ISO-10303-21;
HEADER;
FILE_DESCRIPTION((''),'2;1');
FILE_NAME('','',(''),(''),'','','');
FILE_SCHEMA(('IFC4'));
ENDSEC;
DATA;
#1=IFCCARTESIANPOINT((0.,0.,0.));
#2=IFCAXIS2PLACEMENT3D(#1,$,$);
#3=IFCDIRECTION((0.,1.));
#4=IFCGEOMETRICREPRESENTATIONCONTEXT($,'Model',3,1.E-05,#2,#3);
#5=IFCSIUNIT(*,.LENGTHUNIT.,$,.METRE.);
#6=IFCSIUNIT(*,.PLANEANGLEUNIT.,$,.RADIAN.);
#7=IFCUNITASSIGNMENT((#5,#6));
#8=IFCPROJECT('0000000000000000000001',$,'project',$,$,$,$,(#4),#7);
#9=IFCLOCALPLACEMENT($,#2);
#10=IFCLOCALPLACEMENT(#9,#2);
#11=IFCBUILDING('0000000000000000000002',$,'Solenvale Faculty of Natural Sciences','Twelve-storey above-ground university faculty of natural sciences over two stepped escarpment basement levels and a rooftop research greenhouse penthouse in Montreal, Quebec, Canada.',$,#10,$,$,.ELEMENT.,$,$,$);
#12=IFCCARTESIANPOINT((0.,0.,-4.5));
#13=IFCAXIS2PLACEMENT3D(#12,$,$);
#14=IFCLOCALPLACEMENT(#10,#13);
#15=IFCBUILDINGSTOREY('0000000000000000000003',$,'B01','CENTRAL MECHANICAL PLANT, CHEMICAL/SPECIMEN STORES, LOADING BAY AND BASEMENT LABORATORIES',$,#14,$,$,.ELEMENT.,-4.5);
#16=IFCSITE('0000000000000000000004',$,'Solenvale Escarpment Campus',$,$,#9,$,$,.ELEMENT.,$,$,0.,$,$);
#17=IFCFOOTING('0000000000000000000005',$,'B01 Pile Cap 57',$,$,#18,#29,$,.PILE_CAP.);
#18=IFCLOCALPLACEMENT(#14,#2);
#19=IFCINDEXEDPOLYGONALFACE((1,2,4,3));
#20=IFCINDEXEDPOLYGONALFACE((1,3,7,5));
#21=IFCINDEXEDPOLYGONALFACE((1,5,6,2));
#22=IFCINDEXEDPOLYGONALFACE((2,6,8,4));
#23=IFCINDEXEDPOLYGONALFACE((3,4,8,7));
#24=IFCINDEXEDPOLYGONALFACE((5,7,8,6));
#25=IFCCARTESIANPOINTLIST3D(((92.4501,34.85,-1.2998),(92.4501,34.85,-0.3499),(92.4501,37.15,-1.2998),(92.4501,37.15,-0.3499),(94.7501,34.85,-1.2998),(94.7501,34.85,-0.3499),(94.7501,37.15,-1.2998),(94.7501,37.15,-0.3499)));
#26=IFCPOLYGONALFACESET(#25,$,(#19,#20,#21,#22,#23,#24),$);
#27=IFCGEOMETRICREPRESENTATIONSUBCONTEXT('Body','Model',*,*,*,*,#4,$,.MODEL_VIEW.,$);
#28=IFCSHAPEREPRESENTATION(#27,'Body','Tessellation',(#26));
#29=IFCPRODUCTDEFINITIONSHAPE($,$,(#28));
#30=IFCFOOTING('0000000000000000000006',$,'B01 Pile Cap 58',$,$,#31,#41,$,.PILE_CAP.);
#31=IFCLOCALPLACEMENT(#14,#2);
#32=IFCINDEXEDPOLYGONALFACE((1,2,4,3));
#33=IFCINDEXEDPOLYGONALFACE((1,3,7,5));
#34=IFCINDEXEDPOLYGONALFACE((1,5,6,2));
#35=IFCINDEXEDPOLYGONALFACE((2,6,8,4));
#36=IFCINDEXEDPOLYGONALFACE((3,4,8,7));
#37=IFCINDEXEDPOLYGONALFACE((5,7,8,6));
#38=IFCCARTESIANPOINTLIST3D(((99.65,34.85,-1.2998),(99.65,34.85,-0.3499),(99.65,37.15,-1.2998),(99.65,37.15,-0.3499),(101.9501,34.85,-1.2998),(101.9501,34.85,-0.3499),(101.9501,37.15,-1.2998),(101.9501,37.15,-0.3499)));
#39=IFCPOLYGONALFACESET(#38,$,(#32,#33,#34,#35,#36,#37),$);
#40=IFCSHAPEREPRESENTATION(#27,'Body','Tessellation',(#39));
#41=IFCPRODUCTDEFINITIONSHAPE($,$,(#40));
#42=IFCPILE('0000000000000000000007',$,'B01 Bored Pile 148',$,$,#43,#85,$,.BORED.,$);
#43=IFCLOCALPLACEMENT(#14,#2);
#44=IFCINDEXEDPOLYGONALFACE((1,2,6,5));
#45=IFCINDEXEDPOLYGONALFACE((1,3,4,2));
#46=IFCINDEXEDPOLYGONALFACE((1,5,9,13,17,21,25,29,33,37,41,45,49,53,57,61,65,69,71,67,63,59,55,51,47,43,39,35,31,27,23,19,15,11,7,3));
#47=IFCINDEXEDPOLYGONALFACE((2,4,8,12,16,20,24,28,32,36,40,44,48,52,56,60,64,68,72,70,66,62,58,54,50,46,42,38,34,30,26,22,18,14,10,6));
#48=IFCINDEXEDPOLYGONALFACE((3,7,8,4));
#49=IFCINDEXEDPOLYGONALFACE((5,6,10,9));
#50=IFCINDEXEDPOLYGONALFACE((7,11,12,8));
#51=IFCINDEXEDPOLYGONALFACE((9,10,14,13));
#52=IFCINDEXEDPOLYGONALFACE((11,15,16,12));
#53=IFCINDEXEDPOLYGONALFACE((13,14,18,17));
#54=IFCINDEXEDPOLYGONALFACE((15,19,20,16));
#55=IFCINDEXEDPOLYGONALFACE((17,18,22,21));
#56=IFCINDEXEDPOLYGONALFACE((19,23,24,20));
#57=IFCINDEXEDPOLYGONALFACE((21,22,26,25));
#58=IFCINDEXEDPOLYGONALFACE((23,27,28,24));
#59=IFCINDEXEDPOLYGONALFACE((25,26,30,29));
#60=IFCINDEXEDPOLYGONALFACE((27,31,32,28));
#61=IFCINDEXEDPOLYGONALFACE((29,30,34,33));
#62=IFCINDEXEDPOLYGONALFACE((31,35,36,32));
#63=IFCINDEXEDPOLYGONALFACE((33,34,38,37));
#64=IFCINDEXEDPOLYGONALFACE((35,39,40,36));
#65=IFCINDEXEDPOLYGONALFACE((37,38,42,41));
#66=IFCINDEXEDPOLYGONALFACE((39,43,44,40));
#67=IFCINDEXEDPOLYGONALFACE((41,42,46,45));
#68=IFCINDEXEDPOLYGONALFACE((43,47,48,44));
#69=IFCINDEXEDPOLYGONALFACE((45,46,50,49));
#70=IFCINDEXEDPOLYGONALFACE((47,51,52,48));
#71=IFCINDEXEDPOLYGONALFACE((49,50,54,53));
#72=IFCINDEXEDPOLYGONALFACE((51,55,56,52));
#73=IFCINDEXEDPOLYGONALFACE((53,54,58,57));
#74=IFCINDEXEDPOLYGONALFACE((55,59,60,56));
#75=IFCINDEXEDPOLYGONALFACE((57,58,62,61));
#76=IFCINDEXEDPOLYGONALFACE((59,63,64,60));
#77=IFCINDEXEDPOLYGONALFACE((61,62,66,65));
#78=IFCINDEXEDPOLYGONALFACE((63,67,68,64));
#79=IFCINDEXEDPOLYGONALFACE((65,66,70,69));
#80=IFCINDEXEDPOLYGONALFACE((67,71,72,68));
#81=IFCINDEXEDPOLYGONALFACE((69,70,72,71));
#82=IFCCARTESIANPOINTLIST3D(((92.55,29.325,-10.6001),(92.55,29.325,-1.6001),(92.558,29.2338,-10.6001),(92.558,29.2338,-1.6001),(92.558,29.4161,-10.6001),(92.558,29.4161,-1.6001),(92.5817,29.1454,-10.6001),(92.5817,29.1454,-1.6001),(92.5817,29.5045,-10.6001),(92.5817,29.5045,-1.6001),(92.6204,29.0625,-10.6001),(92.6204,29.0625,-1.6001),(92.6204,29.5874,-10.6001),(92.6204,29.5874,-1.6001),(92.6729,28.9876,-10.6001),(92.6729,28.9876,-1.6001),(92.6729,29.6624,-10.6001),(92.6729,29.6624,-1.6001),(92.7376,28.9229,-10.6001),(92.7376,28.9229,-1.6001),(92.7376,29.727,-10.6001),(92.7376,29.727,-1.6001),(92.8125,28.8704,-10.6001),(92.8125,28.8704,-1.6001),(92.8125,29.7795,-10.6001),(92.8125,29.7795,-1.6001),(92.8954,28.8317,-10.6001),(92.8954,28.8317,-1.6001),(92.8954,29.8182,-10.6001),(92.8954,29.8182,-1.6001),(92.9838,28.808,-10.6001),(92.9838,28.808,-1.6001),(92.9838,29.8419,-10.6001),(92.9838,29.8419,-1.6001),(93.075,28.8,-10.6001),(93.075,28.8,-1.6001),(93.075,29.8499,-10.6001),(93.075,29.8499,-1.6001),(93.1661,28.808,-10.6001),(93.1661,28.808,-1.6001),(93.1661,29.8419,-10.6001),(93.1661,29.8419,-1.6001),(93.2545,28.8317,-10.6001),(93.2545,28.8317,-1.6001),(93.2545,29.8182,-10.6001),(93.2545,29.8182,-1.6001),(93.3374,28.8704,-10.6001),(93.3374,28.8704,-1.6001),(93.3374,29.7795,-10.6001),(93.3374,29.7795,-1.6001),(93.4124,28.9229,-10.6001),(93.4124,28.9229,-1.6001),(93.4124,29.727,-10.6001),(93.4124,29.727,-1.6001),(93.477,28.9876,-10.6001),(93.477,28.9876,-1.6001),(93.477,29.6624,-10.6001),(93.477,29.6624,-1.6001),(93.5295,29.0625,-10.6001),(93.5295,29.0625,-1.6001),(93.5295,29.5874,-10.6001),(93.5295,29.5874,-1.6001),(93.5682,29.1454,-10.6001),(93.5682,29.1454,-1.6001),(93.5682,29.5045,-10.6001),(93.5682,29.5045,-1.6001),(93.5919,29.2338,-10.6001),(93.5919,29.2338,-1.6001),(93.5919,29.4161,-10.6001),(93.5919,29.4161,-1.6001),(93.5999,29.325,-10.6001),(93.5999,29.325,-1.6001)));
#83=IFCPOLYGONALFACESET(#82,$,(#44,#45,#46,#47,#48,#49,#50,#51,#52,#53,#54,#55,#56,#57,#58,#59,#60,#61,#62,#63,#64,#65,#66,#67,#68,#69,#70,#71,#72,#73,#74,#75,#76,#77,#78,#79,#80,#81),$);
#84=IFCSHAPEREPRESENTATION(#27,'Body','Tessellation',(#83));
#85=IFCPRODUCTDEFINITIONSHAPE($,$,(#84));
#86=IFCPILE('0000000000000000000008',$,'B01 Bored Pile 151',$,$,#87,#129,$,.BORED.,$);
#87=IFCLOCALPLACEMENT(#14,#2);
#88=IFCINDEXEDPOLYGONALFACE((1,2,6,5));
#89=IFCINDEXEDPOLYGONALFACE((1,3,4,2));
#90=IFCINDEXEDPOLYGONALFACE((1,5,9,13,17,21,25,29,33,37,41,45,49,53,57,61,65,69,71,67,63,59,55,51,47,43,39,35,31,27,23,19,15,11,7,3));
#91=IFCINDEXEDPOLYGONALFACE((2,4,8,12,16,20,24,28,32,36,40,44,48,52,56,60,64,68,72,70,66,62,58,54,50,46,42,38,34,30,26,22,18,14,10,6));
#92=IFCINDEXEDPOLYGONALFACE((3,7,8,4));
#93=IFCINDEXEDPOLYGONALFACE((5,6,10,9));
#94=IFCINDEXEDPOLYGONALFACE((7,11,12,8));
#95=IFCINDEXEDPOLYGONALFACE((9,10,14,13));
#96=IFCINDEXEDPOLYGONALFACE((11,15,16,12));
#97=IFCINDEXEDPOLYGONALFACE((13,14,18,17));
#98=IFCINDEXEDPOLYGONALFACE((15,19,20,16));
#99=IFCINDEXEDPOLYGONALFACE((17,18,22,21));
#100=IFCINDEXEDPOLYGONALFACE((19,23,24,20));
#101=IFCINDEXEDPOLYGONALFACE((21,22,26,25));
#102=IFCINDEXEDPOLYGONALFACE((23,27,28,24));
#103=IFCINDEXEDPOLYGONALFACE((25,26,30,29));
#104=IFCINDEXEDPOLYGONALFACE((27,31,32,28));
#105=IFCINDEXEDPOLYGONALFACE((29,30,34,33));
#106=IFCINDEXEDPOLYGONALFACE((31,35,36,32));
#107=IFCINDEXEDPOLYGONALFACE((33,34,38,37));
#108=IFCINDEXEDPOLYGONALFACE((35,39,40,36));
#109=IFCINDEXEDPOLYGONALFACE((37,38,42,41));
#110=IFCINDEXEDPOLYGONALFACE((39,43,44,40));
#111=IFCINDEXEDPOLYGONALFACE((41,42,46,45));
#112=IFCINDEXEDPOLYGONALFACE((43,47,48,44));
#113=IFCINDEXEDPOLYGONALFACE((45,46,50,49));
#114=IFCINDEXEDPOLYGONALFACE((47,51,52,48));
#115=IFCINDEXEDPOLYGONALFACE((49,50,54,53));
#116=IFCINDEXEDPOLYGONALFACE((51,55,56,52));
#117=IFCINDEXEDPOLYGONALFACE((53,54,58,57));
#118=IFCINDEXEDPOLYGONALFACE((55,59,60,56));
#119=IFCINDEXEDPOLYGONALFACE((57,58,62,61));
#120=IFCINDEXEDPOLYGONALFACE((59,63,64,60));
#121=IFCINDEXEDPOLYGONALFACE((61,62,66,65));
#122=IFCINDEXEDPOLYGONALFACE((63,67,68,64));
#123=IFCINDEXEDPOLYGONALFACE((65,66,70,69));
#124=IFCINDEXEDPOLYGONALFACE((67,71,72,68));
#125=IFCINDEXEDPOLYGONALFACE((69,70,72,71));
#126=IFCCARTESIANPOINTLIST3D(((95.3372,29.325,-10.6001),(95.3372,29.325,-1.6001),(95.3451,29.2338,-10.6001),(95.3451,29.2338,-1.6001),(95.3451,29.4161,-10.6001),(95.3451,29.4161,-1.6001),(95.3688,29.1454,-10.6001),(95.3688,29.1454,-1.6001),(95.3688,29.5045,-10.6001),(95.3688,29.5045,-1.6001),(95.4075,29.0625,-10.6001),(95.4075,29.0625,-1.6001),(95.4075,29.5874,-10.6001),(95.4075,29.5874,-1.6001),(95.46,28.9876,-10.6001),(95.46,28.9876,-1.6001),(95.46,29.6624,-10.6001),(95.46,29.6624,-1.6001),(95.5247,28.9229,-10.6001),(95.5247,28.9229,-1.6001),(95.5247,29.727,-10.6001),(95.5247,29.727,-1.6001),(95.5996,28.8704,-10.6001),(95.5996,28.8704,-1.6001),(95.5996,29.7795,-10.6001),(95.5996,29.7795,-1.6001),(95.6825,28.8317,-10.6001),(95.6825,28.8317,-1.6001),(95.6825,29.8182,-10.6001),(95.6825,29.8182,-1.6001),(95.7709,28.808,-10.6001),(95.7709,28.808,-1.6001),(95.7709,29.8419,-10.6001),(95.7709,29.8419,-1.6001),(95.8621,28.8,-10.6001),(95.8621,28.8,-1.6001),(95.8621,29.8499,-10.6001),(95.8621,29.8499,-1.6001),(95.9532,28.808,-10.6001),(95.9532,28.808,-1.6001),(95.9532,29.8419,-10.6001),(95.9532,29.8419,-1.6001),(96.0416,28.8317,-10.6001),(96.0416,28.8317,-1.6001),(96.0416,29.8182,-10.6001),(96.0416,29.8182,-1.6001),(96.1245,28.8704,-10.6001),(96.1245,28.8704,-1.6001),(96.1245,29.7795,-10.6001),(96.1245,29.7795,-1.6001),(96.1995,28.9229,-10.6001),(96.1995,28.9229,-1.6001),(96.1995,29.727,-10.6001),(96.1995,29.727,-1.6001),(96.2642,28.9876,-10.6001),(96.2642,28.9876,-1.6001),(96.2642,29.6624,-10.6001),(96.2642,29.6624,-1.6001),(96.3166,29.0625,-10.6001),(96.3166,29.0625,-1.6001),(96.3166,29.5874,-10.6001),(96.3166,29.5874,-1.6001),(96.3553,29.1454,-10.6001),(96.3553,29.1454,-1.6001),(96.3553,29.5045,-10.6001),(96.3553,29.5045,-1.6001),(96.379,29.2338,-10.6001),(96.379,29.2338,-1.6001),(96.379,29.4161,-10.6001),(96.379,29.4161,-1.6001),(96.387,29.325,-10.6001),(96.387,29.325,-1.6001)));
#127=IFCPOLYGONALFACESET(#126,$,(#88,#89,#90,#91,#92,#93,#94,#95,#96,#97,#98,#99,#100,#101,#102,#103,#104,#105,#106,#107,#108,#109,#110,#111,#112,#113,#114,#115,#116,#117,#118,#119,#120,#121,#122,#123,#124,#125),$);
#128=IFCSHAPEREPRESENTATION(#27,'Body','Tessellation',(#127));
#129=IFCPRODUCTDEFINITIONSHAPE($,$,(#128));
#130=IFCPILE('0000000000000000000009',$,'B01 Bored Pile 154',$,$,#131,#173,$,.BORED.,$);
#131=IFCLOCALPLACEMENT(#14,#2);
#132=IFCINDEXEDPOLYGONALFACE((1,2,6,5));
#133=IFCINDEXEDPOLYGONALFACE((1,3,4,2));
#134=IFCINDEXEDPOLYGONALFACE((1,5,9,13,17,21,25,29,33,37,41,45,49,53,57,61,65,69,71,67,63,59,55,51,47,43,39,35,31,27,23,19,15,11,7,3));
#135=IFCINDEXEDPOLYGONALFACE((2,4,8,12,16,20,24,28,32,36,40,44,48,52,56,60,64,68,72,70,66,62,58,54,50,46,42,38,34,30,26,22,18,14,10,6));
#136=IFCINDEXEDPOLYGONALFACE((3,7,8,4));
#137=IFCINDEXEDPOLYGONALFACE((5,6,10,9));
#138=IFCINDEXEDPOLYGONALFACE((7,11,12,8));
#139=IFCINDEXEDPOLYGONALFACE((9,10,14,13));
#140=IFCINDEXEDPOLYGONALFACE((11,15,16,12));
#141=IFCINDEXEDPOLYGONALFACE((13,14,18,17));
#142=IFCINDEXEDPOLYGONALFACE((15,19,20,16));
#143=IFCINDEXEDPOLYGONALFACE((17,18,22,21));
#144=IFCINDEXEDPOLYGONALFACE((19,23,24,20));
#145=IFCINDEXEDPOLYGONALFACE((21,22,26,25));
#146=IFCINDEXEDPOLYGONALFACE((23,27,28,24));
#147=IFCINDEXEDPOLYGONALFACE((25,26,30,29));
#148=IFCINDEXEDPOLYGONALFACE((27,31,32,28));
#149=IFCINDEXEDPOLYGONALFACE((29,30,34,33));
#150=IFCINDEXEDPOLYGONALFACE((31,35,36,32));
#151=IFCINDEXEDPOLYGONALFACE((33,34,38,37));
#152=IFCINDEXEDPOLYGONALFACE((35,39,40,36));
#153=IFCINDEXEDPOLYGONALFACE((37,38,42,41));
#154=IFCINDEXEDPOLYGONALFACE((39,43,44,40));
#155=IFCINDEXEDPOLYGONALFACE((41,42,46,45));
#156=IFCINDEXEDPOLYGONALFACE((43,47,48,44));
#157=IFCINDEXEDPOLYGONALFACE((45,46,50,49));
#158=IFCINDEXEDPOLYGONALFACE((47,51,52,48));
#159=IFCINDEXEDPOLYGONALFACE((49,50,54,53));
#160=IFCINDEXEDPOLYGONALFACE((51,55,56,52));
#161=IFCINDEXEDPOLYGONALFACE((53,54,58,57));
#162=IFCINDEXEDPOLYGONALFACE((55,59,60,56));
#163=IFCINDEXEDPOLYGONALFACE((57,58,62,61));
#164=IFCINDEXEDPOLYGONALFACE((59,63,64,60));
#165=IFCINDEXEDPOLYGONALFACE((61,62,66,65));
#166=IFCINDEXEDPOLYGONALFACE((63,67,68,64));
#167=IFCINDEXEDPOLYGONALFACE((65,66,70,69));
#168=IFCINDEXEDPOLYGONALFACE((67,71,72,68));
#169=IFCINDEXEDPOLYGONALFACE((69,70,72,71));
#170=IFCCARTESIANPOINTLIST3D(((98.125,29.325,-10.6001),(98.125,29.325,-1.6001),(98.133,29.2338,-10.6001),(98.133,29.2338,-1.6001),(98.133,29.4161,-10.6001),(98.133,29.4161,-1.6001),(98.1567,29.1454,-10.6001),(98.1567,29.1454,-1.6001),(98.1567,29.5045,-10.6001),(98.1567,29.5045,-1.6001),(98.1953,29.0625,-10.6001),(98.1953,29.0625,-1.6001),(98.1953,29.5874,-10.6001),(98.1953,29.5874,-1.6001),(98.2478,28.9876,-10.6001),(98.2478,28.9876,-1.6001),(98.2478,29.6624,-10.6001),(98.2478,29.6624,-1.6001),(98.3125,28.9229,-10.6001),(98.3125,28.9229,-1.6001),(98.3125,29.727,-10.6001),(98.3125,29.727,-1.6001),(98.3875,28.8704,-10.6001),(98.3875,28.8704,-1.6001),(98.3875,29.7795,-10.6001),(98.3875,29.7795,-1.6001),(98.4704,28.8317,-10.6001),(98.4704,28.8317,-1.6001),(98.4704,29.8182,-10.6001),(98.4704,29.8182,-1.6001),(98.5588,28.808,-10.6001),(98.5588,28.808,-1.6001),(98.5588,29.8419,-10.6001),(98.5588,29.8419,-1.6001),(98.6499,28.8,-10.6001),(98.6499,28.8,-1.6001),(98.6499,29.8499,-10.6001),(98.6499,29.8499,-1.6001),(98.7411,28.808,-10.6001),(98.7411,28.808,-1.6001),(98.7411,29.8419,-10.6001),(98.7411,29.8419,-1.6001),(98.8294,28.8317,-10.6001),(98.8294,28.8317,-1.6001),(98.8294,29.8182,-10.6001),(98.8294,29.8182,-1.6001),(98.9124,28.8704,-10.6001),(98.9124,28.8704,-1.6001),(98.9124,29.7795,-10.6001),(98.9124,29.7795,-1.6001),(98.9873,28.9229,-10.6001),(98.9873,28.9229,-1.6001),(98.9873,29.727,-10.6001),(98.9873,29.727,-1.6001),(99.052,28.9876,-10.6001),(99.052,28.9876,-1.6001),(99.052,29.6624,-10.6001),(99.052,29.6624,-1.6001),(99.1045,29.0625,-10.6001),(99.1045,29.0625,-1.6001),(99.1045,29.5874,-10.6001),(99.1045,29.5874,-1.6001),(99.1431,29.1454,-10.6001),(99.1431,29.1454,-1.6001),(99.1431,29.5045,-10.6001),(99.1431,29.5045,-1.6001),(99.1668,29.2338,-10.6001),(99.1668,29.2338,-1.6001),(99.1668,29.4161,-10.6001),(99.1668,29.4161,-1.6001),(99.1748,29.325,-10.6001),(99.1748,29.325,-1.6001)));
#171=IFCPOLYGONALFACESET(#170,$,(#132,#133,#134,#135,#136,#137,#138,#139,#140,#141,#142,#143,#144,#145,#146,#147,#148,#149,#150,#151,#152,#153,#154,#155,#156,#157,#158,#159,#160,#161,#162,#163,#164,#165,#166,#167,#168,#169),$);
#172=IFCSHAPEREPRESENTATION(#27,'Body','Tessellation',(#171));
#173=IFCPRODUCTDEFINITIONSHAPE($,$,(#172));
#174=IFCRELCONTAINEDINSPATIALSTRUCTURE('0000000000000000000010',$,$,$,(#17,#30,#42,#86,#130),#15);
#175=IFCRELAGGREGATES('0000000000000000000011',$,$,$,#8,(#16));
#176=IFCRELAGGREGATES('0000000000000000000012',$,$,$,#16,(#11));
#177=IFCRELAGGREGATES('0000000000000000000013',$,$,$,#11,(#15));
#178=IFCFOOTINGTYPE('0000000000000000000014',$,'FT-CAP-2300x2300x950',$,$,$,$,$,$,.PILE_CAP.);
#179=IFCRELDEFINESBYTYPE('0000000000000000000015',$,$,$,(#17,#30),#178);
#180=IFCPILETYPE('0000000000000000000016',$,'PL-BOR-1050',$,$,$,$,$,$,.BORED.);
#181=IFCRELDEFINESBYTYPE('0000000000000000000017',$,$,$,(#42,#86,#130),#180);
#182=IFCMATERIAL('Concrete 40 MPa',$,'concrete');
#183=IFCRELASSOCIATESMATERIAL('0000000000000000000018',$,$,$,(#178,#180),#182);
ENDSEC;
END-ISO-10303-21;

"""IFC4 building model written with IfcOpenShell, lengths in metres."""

from ifc_helpers import new_model, si_unit, direction, frame, origin, origin_2d, place, context, subcontext, project, spatial, rectangle, circle, extrude, material, material_profile, profile_set, type_object, element, save


model = new_model("IFC4")

# Units and contexts
model_context = context("Model", 3, precision=1e-05, world=origin(), true_north=direction((0.0, 1.0)))
body_context = subcontext(model_context, "Body", "Model", "MODEL_VIEW")
ifc_project = project(units=[si_unit("LENGTHUNIT", "METRE"), si_unit("PLANEANGLEUNIT", "RADIAN")], contexts=[model_context])

# Site, building, storey
site_placement = place(None, origin())
site = spatial("IfcSite", under=ifc_project, at=site_placement, Name="Solenvale Escarpment Campus", CompositionType="ELEMENT", RefElevation=0.0)
building_placement = place(site_placement, origin())
building = spatial("IfcBuilding", under=site, at=building_placement, Name="Solenvale Faculty of Natural Sciences", Description="Twelve-storey above-ground university faculty of natural sciences over two stepped escarpment basement levels and a rooftop research greenhouse penthouse in Montreal, Quebec, Canada.", CompositionType="ELEMENT")
storey_placement = place(building_placement, frame((0.0, 0.0, -4.5)))
storey = spatial("IfcBuildingStorey", under=building, at=storey_placement, Name="B01", Description="CENTRAL MECHANICAL PLANT, CHEMICAL/SPECIMEN STORES, LOADING BAY AND BASEMENT LABORATORIES", CompositionType="ELEMENT", Elevation=-4.5)

# Footings
ifc_material_1 = material(Name="Concrete 40 MPa", Category="concrete")
footing_type = type_object("IfcFootingType", Name="FT-CAP-2300x2300x950", PredefinedType="PILE_CAP", material=ifc_material_1)
for number, where, z_axis, x_axis, name in (
    (1, (93.6001, 36.0, -1.2998), (0.0, 0.0, 1.0), (1.0, 0.0, 0.0), "B01 Pile Cap 57"),
    (2, (100.8, 36.0, -1.2998), (0.0, 0.0, 1.0), (1.0, 0.0, 0.0), "B01 Pile Cap 58"),
):
    element("IfcFooting", number, at=place(storey_placement, frame(where, z_axis=z_axis, x_axis=x_axis)), inside=storey, type_object=footing_type, Name=name, PredefinedType="PILE_CAP", context=body_context, shape_type="SweptSolid", body=[
        extrude(rectangle(XDim=2.3, YDim=2.3, at=origin_2d()), origin(), (0.0, 0.0, 1.0), 0.95),
    ])

# Piles
ifc_material_profile_1 = material_profile(ifc_material_1, circle(Radius=0.5249, at=origin_2d()), Name="PILE-D1050")
ifc_profile_set_1 = profile_set([ifc_material_profile_1], Name="Concrete 40 MPa")
pile_type_1 = type_object("IfcPileType", Name="PL-BOR-1050", PredefinedType="BORED", material=ifc_profile_set_1)
for number, where, z_axis, x_axis, name in (
    (3, (93.075, 29.325, -1.6001), (0.0, 0.0, -1.0), (1.0, 0.0, 0.0), "B01 Bored Pile 148"),
    (4, (95.8621, 29.325, -1.6001), (0.0, 0.0, -1.0), (1.0, 0.0, 0.0), "B01 Bored Pile 151"),
    (5, (98.6499, 29.325, -1.6001), (0.0, 0.0, -1.0), (1.0, 0.0, 0.0), "B01 Bored Pile 154"),
):
    element("IfcPile", number, at=place(storey_placement, frame(where, z_axis=z_axis, x_axis=x_axis)), inside=storey, type_object=pile_type_1, Name=name, PredefinedType="BORED", context=body_context, shape_type="SweptSolid", body=[
        extrude(circle(Radius=0.5249, at=origin_2d()), origin(), (0.0, 0.0, 1.0), 9.0),
    ])

save(model, "model.ifc")
